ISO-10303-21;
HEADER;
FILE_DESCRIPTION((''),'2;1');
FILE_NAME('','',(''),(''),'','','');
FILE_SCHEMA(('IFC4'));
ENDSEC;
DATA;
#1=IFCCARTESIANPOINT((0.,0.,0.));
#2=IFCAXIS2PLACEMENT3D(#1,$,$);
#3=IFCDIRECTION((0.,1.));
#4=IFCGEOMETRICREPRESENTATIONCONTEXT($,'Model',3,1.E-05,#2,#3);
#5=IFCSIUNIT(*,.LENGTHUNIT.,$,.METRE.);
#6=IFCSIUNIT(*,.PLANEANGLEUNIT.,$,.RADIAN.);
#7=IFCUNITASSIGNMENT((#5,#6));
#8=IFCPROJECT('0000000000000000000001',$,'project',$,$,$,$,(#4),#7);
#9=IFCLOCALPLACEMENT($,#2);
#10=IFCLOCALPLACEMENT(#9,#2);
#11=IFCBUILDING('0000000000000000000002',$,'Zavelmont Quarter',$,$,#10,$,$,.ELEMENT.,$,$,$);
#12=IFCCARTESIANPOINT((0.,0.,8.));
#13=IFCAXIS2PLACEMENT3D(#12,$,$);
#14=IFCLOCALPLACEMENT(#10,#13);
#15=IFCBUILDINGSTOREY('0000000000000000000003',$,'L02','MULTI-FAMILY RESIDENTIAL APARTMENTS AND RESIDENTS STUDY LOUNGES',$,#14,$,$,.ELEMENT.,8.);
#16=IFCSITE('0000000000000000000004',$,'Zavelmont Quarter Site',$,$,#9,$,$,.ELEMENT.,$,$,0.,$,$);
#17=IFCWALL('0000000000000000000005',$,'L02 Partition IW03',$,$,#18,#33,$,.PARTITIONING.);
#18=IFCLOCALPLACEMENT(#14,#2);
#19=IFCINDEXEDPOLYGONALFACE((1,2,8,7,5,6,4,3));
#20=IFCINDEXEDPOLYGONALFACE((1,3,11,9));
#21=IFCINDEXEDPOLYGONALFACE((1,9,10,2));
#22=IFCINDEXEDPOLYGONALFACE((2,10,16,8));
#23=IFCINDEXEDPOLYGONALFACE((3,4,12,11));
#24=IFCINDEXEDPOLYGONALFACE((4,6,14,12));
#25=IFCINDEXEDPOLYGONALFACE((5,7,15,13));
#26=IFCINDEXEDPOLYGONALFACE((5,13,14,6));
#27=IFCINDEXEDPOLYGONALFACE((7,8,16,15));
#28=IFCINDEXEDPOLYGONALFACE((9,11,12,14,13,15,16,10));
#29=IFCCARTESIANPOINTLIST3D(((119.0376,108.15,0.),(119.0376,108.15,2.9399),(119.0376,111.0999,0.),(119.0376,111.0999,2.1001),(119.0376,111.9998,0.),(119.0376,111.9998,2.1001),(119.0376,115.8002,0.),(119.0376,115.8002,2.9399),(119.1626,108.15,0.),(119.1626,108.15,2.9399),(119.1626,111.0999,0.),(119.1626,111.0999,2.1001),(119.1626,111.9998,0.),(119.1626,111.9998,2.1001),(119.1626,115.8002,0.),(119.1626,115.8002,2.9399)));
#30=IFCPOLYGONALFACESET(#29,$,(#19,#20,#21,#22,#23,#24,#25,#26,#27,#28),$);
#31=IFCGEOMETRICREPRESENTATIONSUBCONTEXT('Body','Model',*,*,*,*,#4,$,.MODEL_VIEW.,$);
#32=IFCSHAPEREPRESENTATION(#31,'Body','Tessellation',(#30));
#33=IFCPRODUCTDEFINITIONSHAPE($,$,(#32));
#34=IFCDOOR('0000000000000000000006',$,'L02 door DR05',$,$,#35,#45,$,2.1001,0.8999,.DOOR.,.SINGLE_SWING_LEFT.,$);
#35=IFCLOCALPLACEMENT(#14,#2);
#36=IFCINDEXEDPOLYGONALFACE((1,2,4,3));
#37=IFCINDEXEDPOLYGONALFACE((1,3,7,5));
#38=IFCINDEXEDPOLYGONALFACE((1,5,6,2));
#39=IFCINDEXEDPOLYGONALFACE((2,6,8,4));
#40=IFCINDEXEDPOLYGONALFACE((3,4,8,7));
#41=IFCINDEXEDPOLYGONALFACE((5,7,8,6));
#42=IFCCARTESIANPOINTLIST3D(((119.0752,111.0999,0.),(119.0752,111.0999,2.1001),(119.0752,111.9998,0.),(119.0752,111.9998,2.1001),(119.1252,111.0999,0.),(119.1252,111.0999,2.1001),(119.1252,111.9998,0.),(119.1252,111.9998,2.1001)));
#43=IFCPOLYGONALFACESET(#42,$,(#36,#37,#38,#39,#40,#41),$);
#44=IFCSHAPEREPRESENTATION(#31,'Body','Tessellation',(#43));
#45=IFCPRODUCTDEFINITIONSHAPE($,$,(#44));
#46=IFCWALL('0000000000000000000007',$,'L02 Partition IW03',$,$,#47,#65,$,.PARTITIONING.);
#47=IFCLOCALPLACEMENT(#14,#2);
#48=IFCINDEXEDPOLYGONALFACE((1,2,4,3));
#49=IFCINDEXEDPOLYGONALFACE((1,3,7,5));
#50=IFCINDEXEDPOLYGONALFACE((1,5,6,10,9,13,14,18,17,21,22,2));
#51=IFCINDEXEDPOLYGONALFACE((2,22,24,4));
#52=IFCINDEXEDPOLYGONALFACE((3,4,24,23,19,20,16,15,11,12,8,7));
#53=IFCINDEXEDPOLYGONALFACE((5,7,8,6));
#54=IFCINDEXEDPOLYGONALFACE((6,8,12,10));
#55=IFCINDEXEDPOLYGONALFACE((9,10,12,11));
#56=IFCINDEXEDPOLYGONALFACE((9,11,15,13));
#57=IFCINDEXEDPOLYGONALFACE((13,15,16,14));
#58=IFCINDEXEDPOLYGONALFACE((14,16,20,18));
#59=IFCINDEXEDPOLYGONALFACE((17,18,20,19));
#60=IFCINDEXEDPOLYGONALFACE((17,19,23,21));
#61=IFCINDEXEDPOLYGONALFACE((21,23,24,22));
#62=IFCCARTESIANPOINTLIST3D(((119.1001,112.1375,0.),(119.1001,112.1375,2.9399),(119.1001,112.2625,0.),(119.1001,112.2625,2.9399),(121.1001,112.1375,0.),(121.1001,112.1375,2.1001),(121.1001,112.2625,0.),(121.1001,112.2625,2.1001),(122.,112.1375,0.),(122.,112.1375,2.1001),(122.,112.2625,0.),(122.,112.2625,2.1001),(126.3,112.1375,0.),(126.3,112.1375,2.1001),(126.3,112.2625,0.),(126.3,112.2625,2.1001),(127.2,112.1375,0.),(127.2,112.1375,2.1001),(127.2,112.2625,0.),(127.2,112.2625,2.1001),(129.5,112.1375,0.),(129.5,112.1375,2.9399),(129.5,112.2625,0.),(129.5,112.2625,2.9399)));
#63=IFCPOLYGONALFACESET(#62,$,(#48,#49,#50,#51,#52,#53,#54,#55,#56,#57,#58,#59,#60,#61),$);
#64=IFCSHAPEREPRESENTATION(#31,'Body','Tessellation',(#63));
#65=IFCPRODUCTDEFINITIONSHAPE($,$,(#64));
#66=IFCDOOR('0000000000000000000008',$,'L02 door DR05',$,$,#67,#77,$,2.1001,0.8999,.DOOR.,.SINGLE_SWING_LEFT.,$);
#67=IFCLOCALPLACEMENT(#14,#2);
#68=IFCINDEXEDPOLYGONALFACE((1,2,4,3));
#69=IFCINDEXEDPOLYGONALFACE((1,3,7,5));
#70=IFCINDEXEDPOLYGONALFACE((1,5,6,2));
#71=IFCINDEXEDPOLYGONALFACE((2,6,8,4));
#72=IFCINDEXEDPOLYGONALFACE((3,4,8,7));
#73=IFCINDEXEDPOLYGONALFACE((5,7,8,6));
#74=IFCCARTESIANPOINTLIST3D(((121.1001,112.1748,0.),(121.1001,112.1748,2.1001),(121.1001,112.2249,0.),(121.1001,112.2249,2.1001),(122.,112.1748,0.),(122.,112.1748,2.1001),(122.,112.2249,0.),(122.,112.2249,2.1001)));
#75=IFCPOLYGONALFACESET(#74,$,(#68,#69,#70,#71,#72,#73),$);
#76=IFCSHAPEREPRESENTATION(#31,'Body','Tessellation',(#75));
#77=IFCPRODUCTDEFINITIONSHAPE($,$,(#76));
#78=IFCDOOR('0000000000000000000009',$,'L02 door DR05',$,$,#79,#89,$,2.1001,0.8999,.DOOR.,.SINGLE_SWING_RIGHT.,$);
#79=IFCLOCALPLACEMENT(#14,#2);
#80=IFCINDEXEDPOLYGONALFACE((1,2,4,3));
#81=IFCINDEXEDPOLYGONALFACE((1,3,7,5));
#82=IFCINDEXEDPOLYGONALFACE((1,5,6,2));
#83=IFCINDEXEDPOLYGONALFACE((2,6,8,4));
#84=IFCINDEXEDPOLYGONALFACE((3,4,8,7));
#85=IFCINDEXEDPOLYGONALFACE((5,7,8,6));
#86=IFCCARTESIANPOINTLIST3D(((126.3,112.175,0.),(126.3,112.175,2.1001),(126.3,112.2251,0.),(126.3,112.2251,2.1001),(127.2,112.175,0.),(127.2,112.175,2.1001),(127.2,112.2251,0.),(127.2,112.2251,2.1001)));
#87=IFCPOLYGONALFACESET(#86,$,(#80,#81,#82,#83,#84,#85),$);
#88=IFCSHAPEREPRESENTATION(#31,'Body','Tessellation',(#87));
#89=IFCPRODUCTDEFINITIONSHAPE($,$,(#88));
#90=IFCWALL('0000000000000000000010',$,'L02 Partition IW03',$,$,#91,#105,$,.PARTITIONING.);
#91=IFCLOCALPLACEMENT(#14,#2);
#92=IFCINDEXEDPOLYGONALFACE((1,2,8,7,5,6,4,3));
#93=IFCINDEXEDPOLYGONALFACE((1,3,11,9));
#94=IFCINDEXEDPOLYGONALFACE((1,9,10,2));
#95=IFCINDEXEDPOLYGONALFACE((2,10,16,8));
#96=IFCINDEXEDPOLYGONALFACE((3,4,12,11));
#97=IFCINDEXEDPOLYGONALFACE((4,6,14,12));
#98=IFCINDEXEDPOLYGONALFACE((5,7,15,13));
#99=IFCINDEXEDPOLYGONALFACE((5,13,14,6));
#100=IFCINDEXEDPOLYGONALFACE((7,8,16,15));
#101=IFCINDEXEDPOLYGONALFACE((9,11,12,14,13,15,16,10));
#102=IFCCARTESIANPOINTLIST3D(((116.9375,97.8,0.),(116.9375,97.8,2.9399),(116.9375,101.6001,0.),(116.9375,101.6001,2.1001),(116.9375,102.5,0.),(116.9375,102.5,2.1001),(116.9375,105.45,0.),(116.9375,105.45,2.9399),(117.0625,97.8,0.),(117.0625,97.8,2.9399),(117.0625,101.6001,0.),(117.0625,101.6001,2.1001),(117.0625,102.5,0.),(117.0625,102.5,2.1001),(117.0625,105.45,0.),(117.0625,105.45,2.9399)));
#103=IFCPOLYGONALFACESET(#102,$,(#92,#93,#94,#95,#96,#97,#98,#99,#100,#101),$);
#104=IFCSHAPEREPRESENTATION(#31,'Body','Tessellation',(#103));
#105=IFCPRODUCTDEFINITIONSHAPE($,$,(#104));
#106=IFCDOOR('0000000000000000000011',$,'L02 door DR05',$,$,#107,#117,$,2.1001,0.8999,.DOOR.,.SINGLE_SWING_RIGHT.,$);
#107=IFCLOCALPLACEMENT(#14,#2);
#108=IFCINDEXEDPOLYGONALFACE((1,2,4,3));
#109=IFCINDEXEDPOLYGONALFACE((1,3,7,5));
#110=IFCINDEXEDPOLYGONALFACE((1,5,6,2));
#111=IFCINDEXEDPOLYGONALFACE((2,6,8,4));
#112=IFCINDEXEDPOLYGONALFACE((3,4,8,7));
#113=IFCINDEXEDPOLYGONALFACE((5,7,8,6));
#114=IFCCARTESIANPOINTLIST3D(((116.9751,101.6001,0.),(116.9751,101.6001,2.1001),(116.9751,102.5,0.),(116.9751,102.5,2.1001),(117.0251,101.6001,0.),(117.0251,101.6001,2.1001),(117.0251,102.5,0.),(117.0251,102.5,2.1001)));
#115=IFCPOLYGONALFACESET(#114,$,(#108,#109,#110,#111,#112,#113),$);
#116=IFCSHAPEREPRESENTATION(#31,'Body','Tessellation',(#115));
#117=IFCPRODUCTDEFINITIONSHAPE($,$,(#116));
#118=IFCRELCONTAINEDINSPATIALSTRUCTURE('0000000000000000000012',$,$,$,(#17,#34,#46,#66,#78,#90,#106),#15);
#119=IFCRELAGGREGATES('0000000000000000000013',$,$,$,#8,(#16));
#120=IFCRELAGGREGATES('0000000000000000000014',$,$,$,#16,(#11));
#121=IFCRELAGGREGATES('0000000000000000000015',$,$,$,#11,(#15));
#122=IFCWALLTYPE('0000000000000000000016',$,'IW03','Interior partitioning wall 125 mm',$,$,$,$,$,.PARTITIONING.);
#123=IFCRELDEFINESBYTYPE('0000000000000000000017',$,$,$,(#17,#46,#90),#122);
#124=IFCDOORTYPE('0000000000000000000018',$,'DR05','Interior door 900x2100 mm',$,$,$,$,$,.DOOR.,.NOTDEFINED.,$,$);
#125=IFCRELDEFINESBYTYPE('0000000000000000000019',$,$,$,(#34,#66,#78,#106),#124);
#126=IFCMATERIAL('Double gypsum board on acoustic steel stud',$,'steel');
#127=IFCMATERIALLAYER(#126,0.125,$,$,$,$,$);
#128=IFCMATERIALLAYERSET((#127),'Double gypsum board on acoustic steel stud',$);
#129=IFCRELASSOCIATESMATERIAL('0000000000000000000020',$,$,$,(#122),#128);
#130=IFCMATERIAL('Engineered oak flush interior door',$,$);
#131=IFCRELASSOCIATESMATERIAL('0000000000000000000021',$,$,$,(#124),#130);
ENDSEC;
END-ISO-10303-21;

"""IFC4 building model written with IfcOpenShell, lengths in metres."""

from ifc_helpers import new_model, si_unit, direction, frame, frame_2d, origin, origin_with_axes, place, context, subcontext, project, spatial, rectangle, extrude, material, layer, layer_set, type_object, element, fill, save


model = new_model("IFC4")

# Units and contexts
model_context = context("Model", 3, precision=1e-05, world=origin(), true_north=direction((0.0, 1.0)))
body_context = subcontext(model_context, "Body", "Model", "MODEL_VIEW")
ifc_project = project(units=[si_unit("LENGTHUNIT", "METRE"), si_unit("PLANEANGLEUNIT", "RADIAN")], contexts=[model_context])

# Site, building, storey
site_placement = place(None, origin())
site = spatial("IfcSite", under=ifc_project, at=site_placement, Name="Zavelmont Quarter Site", CompositionType="ELEMENT", RefElevation=0.0)
building_placement = place(site_placement, origin())
building = spatial("IfcBuilding", under=site, at=building_placement, Name="Zavelmont Quarter", CompositionType="ELEMENT")
storey_placement = place(building_placement, frame((0.0, 0.0, 8.0)))
storey = spatial("IfcBuildingStorey", under=building, at=storey_placement, Name="L02", Description="MULTI-FAMILY RESIDENTIAL APARTMENTS AND RESIDENTS STUDY LOUNGES", CompositionType="ELEMENT", Elevation=8.0)

# Wall, opening, door
ifc_material_1 = material(Name="Double gypsum board on acoustic steel stud", Category="steel")
ifc_layer_1 = layer(ifc_material_1, 0.125)
ifc_layer_set_1 = layer_set([ifc_layer_1], Name="Double gypsum board on acoustic steel stud")
wall_type_1 = type_object("IfcWallType", Name="IW03", Description="Interior partitioning wall 125 mm", PredefinedType="PARTITIONING", material=ifc_layer_set_1)
wall_1_placement = place(storey_placement, frame((119.1001, 108.1499, 0.0), z_axis=(0.0, 0.0, 1.0), x_axis=(0.0, 1.0, 0.0)))
wall_1 = element("IfcWall", 1, at=wall_1_placement, inside=storey, type_object=wall_type_1, Name="L02 Partition IW03", PredefinedType="PARTITIONING", context=body_context, shape_type="SweptSolid", body=[
    extrude(rectangle(XDim=7.6501, YDim=0.125, at=frame_2d((3.8252, 0.0))), origin(), (0.0, 0.0, 1.0), 2.9399),
])
opening_1_placement = place(wall_1_placement, frame((2.95, 0.0, 0.0)))
opening_1 = element("IfcOpeningElement", 2, at=opening_1_placement, cuts=wall_1, PredefinedType="OPENING", context=body_context, shape_type="SweptSolid", body=[
    extrude(rectangle(XDim=0.8999, YDim=2.1001, at=frame_2d((0.45, 1.05))), frame((0.0, 0.0745, 0.0), z_axis=(0.0, -1.0, 0.0), x_axis=(1.0, 0.0, 0.0)), (0.0, 0.0, 1.0), 0.1489),
])
ifc_material_2 = material(Name="Engineered oak flush interior door")
door_type_1 = type_object("IfcDoorType", Name="DR05", Description="Interior door 900x2100 mm", OperationType="NOTDEFINED", PredefinedType="DOOR", material=ifc_material_2)
door_1_placement = place(opening_1_placement, origin_with_axes())
door_1 = element("IfcDoor", 3, at=door_1_placement, inside=storey, type_object=door_type_1, Name="L02 door DR05", OperationType="SINGLE_SWING_LEFT", OverallHeight=2.1001, OverallWidth=0.8999, PredefinedType="DOOR", context=body_context, shape_type="SweptSolid", body=[
    extrude(rectangle(XDim=0.8999, YDim=2.1001, at=frame_2d((0.45, 1.05))), frame((0.0, 0.0249, 0.0), z_axis=(0.0, -1.0, 0.0), x_axis=(1.0, 0.0, 0.0)), (0.0, 0.0, 1.0), 0.05),
])
fill(opening_1, door_1)

# Wall, openings, doors
wall_2_placement = place(storey_placement, frame((119.1001, 112.2, 0.0), z_axis=(0.0, 0.0, 1.0), x_axis=(1.0, 0.0, 0.0)))
wall_2 = element("IfcWall", 4, at=wall_2_placement, inside=storey, type_object=wall_type_1, Name="L02 Partition IW03", PredefinedType="PARTITIONING", context=body_context, shape_type="SweptSolid", body=[
    extrude(rectangle(XDim=10.3999, YDim=0.125, at=frame_2d((5.2, 0.0))), origin(), (0.0, 0.0, 1.0), 2.9399),
])
opening_2_placement = place(wall_2_placement, frame((2.0, 0.0, 0.0)))
opening_2 = element("IfcOpeningElement", 5, at=opening_2_placement, cuts=wall_2, PredefinedType="OPENING", context=body_context, shape_type="SweptSolid", body=[
    extrude(rectangle(XDim=0.8999, YDim=2.1001, at=frame_2d((0.45, 1.05))), frame((0.0, 0.0745, 0.0), z_axis=(0.0, -1.0, 0.0), x_axis=(1.0, 0.0, 0.0)), (0.0, 0.0, 1.0), 0.1489),
])
opening_3_placement = place(wall_2_placement, frame((7.2, 0.0, 0.0)))
opening_3 = element("IfcOpeningElement", 6, at=opening_3_placement, cuts=wall_2, PredefinedType="OPENING", context=body_context, shape_type="SweptSolid", body=[
    extrude(rectangle(XDim=0.8999, YDim=2.1001, at=frame_2d((0.45, 1.05))), frame((0.0, 0.0745, 0.0), z_axis=(0.0, -1.0, 0.0), x_axis=(1.0, 0.0, 0.0)), (0.0, 0.0, 1.0), 0.1489),
])
door_2_placement = place(opening_2_placement, origin_with_axes())
door_2 = element("IfcDoor", 7, at=door_2_placement, inside=storey, type_object=door_type_1, Name="L02 door DR05", OperationType="SINGLE_SWING_LEFT", OverallHeight=2.1001, OverallWidth=0.8999, PredefinedType="DOOR", context=body_context, shape_type="SweptSolid", body=[
    extrude(rectangle(XDim=0.8999, YDim=2.1001, at=frame_2d((0.45, 1.05))), frame((0.0, 0.0249, 0.0), z_axis=(0.0, -1.0, 0.0), x_axis=(1.0, 0.0, 0.0)), (0.0, 0.0, 1.0), 0.05),
])
fill(opening_2, door_2)
door_3_placement = place(opening_3_placement, frame((0.8999, 0.0, 0.0), z_axis=(0.0, 0.0, 1.0), x_axis=(-1.0, 0.0, 0.0)))
door_3 = element("IfcDoor", 8, at=door_3_placement, inside=storey, type_object=door_type_1, Name="L02 door DR05", OperationType="SINGLE_SWING_RIGHT", OverallHeight=2.1001, OverallWidth=0.8999, PredefinedType="DOOR", context=body_context, shape_type="SweptSolid", body=[
    extrude(rectangle(XDim=0.8999, YDim=2.1001, at=frame_2d((0.45, 1.05))), frame((0.0, 0.0249, 0.0), z_axis=(0.0, -1.0, 0.0), x_axis=(1.0, 0.0, 0.0)), (0.0, 0.0, 1.0), 0.05),
])
fill(opening_3, door_3)

# Wall, opening, door
wall_3_placement = place(storey_placement, frame((117.0, 105.45, 0.0), z_axis=(0.0, 0.0, 1.0), x_axis=(0.0, -1.0, 0.0)))
wall_3 = element("IfcWall", 9, at=wall_3_placement, inside=storey, type_object=wall_type_1, Name="L02 Partition IW03", PredefinedType="PARTITIONING", context=body_context, shape_type="SweptSolid", body=[
    extrude(rectangle(XDim=7.6499, YDim=0.125, at=frame_2d((3.825, 0.0))), origin(), (0.0, 0.0, 1.0), 2.9399),
])
opening_4_placement = place(wall_3_placement, frame((2.95, 0.0, 0.0)))
opening_4 = element("IfcOpeningElement", 10, at=opening_4_placement, cuts=wall_3, PredefinedType="OPENING", context=body_context, shape_type="SweptSolid", body=[
    extrude(rectangle(XDim=0.8999, YDim=2.1001, at=frame_2d((0.45, 1.05))), frame((0.0, 0.0745, 0.0), z_axis=(0.0, -1.0, 0.0), x_axis=(1.0, 0.0, 0.0)), (0.0, 0.0, 1.0), 0.1489),
])
door_4_placement = place(opening_4_placement, frame((0.8999, 0.0, 0.0), z_axis=(0.0, 0.0, 1.0), x_axis=(-1.0, 0.0, 0.0)))
door_4 = element("IfcDoor", 11, at=door_4_placement, inside=storey, type_object=door_type_1, Name="L02 door DR05", OperationType="SINGLE_SWING_RIGHT", OverallHeight=2.1001, OverallWidth=0.8999, PredefinedType="DOOR", context=body_context, shape_type="SweptSolid", body=[
    extrude(rectangle(XDim=0.8999, YDim=2.1001, at=frame_2d((0.45, 1.05))), frame((0.0, 0.0249, 0.0), z_axis=(0.0, -1.0, 0.0), x_axis=(1.0, 0.0, 0.0)), (0.0, 0.0, 1.0), 0.05),
])
fill(opening_4, door_4)

save(model, "model.ifc")
